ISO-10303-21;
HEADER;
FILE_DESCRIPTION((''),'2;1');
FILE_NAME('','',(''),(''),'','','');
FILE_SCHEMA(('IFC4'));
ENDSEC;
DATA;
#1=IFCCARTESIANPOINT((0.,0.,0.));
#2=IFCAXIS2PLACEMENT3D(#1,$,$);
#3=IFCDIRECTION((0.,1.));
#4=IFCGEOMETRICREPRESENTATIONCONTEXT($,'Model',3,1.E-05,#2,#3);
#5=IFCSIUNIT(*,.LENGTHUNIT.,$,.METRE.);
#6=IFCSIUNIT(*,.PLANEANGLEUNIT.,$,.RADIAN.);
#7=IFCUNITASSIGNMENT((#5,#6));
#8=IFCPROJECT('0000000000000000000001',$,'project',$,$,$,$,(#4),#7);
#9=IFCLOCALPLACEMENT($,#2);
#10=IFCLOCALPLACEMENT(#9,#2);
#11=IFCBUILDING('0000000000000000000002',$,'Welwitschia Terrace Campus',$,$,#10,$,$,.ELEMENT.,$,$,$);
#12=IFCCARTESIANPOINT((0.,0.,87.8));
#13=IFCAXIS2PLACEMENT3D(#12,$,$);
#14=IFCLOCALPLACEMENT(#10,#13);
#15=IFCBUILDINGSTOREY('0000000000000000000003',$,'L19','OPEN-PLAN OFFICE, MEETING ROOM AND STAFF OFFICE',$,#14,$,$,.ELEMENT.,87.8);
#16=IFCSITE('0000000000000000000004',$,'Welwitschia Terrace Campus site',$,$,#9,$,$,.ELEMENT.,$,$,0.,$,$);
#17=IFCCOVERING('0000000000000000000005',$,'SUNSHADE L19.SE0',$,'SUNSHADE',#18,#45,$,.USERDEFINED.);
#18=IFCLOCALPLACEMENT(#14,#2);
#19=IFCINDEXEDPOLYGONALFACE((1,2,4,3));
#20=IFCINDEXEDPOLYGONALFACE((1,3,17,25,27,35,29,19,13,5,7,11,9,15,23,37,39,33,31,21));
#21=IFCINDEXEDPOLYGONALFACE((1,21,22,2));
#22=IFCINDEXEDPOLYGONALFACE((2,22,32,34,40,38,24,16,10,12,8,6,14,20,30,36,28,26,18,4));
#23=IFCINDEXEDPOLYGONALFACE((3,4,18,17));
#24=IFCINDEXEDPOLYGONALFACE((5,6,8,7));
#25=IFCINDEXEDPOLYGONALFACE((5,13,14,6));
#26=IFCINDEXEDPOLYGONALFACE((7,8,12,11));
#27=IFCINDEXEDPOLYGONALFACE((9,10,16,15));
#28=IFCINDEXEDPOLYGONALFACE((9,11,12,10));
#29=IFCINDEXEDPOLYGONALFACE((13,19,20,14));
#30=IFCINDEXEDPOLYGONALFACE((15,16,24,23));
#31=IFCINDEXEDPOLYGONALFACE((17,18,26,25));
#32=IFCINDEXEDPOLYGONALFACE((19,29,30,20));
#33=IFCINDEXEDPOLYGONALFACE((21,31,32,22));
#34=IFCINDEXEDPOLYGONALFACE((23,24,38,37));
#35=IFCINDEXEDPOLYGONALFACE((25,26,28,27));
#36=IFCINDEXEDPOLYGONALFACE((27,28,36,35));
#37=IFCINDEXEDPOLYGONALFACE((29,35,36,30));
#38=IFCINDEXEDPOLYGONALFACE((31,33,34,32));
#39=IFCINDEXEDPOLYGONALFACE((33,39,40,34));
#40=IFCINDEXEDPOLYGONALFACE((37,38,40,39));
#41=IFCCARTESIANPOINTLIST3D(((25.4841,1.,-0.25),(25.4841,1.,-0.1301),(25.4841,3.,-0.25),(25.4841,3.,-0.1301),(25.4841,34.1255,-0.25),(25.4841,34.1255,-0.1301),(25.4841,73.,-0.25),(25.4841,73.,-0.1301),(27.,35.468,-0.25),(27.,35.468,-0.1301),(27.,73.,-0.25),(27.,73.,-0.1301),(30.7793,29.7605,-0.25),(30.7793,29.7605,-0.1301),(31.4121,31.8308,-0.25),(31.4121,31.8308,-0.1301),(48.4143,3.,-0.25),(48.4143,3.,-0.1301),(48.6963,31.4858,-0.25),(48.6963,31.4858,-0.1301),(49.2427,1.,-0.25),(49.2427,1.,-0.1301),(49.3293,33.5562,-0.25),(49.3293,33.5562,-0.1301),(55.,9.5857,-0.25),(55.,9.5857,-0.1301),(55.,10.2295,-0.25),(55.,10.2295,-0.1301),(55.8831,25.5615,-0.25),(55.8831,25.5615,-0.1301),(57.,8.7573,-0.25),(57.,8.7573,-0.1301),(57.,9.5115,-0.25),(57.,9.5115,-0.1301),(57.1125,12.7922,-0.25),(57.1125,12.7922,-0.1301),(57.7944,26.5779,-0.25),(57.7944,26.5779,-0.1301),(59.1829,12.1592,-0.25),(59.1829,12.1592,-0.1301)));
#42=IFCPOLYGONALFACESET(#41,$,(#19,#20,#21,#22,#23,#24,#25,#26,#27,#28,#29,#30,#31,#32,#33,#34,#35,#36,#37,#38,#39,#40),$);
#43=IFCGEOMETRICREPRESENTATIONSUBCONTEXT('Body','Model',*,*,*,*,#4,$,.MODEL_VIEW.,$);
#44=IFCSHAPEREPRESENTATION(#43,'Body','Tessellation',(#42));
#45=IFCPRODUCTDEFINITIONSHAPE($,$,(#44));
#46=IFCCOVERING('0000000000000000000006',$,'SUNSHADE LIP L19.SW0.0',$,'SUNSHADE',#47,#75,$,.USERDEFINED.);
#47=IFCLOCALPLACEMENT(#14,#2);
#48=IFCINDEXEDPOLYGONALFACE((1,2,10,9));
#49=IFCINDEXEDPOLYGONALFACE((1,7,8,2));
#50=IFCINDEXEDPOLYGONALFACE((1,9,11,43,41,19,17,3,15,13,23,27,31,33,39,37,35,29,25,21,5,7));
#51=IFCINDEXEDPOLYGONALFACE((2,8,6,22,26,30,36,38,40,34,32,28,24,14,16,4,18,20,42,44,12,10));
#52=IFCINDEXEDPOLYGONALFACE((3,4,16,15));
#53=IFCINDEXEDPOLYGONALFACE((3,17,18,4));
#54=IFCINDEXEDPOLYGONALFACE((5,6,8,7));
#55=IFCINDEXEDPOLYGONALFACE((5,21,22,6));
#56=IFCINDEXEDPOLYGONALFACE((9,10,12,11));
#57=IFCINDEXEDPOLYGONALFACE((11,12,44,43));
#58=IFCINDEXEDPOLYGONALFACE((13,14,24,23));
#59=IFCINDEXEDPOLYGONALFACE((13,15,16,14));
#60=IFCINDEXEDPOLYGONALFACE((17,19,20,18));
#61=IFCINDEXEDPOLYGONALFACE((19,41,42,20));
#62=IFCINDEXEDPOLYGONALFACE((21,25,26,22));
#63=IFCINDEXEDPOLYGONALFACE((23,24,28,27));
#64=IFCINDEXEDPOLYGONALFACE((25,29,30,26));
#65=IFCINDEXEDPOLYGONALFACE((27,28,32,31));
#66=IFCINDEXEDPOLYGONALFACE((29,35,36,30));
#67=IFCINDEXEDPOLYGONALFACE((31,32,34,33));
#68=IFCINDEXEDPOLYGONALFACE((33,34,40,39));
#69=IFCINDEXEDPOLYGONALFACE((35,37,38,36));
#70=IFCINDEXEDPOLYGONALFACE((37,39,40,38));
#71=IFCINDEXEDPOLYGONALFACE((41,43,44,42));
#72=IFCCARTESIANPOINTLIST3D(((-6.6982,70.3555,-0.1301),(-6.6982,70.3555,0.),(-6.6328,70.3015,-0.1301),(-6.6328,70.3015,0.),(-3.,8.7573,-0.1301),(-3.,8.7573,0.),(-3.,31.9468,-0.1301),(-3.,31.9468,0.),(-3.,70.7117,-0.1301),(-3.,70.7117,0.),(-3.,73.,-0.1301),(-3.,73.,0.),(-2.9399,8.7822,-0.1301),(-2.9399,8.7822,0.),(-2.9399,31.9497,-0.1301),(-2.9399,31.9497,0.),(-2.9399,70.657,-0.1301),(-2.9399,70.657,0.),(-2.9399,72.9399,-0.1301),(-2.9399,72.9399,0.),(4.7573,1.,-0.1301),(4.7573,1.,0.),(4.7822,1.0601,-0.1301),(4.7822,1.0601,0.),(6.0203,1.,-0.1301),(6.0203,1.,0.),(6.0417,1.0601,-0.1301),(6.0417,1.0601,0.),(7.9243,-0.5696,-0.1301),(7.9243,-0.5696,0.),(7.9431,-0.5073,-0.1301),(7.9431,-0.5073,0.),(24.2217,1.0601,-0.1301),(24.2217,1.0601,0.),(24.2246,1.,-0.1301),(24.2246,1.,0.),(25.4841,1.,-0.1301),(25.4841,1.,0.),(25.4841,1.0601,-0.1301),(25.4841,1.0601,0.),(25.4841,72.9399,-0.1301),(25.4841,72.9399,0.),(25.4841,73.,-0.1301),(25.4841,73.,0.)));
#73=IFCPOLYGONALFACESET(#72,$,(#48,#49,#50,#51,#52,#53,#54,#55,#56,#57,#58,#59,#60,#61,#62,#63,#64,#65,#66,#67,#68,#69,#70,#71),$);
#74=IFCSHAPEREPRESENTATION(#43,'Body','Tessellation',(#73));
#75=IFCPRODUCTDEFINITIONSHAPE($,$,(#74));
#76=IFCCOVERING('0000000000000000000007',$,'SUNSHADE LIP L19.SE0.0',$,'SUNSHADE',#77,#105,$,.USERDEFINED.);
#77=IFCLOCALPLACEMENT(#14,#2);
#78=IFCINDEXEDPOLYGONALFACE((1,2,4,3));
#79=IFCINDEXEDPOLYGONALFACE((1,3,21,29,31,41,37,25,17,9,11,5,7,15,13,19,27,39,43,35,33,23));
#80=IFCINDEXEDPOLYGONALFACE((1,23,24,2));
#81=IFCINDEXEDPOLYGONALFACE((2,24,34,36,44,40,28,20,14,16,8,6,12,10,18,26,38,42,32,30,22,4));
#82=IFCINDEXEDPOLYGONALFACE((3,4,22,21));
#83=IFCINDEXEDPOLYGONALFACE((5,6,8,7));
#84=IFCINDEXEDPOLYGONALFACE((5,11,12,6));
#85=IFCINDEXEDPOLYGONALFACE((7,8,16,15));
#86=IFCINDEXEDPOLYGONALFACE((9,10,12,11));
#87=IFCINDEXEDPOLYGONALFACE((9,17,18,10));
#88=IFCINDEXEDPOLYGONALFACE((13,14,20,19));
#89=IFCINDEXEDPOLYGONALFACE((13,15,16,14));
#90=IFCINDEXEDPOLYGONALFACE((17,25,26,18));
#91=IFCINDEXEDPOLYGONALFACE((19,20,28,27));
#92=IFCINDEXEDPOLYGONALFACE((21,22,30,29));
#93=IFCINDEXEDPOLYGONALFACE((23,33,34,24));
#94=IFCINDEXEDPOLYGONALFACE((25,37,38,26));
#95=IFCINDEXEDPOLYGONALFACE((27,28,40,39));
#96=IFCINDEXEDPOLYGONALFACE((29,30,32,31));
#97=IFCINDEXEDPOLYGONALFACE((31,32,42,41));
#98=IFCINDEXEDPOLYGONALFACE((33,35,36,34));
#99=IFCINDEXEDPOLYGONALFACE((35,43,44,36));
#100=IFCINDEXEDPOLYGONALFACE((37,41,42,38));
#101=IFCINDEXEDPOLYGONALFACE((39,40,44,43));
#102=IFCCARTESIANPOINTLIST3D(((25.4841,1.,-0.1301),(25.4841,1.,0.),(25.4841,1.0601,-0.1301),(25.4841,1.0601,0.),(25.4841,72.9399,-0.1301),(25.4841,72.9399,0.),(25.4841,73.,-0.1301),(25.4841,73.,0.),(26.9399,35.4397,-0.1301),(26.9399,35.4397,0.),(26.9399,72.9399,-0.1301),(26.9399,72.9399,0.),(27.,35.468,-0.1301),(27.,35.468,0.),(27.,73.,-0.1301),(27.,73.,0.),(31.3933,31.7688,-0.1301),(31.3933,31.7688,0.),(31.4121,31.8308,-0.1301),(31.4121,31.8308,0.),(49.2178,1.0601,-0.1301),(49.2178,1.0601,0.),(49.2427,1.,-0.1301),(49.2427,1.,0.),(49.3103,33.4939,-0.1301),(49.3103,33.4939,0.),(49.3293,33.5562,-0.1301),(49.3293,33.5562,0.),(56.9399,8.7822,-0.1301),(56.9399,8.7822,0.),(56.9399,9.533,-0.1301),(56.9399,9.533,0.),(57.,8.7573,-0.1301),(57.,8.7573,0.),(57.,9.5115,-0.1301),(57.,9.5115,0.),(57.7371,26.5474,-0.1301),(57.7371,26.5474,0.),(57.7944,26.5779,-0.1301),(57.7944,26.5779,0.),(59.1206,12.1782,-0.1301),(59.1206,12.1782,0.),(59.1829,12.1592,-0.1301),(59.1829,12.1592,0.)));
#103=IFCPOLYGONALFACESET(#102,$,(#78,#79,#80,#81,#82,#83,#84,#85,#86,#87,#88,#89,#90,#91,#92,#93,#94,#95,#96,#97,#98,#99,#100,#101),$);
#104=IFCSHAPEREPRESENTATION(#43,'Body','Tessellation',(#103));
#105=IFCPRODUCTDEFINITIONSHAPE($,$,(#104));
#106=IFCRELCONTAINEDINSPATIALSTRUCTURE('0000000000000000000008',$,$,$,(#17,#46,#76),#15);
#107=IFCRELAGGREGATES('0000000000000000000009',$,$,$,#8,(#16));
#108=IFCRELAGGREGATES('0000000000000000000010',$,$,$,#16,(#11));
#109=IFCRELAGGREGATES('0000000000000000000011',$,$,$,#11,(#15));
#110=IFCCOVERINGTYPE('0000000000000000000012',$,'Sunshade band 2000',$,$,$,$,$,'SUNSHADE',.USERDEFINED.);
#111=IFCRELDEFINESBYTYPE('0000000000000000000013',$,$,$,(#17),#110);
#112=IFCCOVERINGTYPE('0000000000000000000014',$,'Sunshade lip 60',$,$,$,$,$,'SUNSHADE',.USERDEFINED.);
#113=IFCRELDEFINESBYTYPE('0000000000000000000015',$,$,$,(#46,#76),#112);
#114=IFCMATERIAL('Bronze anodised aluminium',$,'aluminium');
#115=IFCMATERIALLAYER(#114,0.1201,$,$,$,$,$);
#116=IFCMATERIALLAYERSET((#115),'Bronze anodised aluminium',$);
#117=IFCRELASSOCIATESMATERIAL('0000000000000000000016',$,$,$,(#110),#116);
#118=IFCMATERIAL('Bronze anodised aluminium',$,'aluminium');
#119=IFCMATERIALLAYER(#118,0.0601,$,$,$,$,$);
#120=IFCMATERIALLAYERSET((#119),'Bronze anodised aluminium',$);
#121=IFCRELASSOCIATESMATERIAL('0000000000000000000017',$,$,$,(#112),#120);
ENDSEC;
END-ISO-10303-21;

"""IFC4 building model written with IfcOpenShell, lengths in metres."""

from ifc_helpers import new_model, si_unit, direction, frame, origin, place, context, subcontext, project, spatial, polyline, outline, extrude, material, layer, layer_set, type_object, element, save


model = new_model("IFC4")

# Units and contexts
model_context = context("Model", 3, precision=1e-05, world=origin(), true_north=direction((0.0, 1.0)))
body_context = subcontext(model_context, "Body", "Model", "MODEL_VIEW")
ifc_project = project(units=[si_unit("LENGTHUNIT", "METRE"), si_unit("PLANEANGLEUNIT", "RADIAN")], contexts=[model_context])

# Site, building, storey
site_placement = place(None, origin())
site = spatial("IfcSite", under=ifc_project, at=site_placement, Name="Welwitschia Terrace Campus site", CompositionType="ELEMENT", RefElevation=0.0)
building_placement = place(site_placement, origin())
building = spatial("IfcBuilding", under=site, at=building_placement, Name="Welwitschia Terrace Campus", CompositionType="ELEMENT")
storey_placement = place(building_placement, frame((0.0, 0.0, 87.8)))
storey = spatial("IfcBuildingStorey", under=building, at=storey_placement, Name="L19", Description="OPEN-PLAN OFFICE, MEETING ROOM AND STAFF OFFICE", CompositionType="ELEMENT", Elevation=87.8)

# Coverings
ifc_material_1 = material(Name="Bronze anodised aluminium", Category="aluminium")
ifc_layer_1 = layer(ifc_material_1, 0.1201)
ifc_layer_set_1 = layer_set([ifc_layer_1], Name="Bronze anodised aluminium")
covering_type_1 = type_object("IfcCoveringType", Name="Sunshade band 2000", ElementType="SUNSHADE", PredefinedType="USERDEFINED", material=ifc_layer_set_1)
covering_1_placement = place(storey_placement, frame((0.0, 0.0, -0.25)))
element("IfcCovering", 1, at=covering_1_placement, inside=storey, type_object=covering_type_1, Name="SUNSHADE L19.SE0", ObjectType="SUNSHADE", PredefinedType="USERDEFINED", context=body_context, shape_type="SweptSolid", body=[
    extrude(outline(polyline([(27.0, 73.0), (27.0, 35.468), (31.4121, 31.8308), (49.3293, 33.5562), (57.7944, 26.5779), (59.1829, 12.1592), (57.0, 9.5115), (57.0, 8.7573), (49.2427, 1.0), (25.4841, 1.0), (25.4841, 3.0), (48.4143, 3.0), (55.0, 9.5857), (55.0, 10.2295), (57.1125, 12.7922), (55.8831, 25.5615), (48.6963, 31.4858), (30.7793, 29.7605), (25.4841, 34.1255), (25.4841, 73.0), (27.0, 73.0)])), origin(), (0.0, 0.0, 1.0), 0.1199),
])
ifc_material_2 = material(Name="Bronze anodised aluminium", Category="aluminium")
ifc_layer_2 = layer(ifc_material_2, 0.0601)
ifc_layer_set_2 = layer_set([ifc_layer_2], Name="Bronze anodised aluminium")
covering_type_2 = type_object("IfcCoveringType", Name="Sunshade lip 60", ElementType="SUNSHADE", PredefinedType="USERDEFINED", material=ifc_layer_set_2)
covering_2_placement = place(storey_placement, frame((0.0, 0.0, -0.1301)))
element("IfcCovering", 2, at=covering_2_placement, inside=storey, type_object=covering_type_2, Name="SUNSHADE LIP L19.SW0.0", ObjectType="SUNSHADE", PredefinedType="USERDEFINED", context=body_context, shape_type="SweptSolid", body=[
    extrude(outline(polyline([(25.4841, 73.0), (25.4841, 72.9399), (-2.9399, 72.9399), (-2.9399, 70.657), (-6.6328, 70.3015), (-2.9399, 31.9497), (-2.9399, 8.7822), (4.7822, 1.0601), (6.0417, 1.0601), (7.9431, -0.5073), (24.2217, 1.0601), (25.4841, 1.0601), (25.4841, 1.0), (24.2246, 1.0), (7.9243, -0.5696), (6.0203, 1.0), (4.7573, 1.0), (-3.0, 8.7573), (-3.0, 31.9468), (-6.6982, 70.3555), (-3.0, 70.7117), (-3.0, 73.0), (25.4841, 73.0)])), origin(), (0.0, 0.0, 1.0), 0.1301),
])
covering_3_placement = place(storey_placement, frame((0.0, 0.0, -0.1301)))
element("IfcCovering", 3, at=covering_3_placement, inside=storey, type_object=covering_type_2, Name="SUNSHADE LIP L19.SE0.0", ObjectType="SUNSHADE", PredefinedType="USERDEFINED", context=body_context, shape_type="SweptSolid", body=[
    extrude(outline(polyline([(27.0, 35.468), (31.4121, 31.8308), (49.3293, 33.5562), (57.7944, 26.5779), (59.1829, 12.1592), (57.0, 9.5115), (57.0, 8.7573), (49.2427, 1.0), (25.4841, 1.0), (25.4841, 1.0601), (49.2178, 1.0601), (56.9399, 8.7822), (56.9399, 9.533), (59.1206, 12.1782), (57.7371, 26.5474), (49.3103, 33.4939), (31.3933, 31.7688), (26.9399, 35.4397), (26.9399, 72.9399), (25.4841, 72.9399), (25.4841, 73.0), (27.0, 73.0), (27.0, 35.468)])), origin(), (0.0, 0.0, 1.0), 0.1301),
])

save(model, "model.ifc")
